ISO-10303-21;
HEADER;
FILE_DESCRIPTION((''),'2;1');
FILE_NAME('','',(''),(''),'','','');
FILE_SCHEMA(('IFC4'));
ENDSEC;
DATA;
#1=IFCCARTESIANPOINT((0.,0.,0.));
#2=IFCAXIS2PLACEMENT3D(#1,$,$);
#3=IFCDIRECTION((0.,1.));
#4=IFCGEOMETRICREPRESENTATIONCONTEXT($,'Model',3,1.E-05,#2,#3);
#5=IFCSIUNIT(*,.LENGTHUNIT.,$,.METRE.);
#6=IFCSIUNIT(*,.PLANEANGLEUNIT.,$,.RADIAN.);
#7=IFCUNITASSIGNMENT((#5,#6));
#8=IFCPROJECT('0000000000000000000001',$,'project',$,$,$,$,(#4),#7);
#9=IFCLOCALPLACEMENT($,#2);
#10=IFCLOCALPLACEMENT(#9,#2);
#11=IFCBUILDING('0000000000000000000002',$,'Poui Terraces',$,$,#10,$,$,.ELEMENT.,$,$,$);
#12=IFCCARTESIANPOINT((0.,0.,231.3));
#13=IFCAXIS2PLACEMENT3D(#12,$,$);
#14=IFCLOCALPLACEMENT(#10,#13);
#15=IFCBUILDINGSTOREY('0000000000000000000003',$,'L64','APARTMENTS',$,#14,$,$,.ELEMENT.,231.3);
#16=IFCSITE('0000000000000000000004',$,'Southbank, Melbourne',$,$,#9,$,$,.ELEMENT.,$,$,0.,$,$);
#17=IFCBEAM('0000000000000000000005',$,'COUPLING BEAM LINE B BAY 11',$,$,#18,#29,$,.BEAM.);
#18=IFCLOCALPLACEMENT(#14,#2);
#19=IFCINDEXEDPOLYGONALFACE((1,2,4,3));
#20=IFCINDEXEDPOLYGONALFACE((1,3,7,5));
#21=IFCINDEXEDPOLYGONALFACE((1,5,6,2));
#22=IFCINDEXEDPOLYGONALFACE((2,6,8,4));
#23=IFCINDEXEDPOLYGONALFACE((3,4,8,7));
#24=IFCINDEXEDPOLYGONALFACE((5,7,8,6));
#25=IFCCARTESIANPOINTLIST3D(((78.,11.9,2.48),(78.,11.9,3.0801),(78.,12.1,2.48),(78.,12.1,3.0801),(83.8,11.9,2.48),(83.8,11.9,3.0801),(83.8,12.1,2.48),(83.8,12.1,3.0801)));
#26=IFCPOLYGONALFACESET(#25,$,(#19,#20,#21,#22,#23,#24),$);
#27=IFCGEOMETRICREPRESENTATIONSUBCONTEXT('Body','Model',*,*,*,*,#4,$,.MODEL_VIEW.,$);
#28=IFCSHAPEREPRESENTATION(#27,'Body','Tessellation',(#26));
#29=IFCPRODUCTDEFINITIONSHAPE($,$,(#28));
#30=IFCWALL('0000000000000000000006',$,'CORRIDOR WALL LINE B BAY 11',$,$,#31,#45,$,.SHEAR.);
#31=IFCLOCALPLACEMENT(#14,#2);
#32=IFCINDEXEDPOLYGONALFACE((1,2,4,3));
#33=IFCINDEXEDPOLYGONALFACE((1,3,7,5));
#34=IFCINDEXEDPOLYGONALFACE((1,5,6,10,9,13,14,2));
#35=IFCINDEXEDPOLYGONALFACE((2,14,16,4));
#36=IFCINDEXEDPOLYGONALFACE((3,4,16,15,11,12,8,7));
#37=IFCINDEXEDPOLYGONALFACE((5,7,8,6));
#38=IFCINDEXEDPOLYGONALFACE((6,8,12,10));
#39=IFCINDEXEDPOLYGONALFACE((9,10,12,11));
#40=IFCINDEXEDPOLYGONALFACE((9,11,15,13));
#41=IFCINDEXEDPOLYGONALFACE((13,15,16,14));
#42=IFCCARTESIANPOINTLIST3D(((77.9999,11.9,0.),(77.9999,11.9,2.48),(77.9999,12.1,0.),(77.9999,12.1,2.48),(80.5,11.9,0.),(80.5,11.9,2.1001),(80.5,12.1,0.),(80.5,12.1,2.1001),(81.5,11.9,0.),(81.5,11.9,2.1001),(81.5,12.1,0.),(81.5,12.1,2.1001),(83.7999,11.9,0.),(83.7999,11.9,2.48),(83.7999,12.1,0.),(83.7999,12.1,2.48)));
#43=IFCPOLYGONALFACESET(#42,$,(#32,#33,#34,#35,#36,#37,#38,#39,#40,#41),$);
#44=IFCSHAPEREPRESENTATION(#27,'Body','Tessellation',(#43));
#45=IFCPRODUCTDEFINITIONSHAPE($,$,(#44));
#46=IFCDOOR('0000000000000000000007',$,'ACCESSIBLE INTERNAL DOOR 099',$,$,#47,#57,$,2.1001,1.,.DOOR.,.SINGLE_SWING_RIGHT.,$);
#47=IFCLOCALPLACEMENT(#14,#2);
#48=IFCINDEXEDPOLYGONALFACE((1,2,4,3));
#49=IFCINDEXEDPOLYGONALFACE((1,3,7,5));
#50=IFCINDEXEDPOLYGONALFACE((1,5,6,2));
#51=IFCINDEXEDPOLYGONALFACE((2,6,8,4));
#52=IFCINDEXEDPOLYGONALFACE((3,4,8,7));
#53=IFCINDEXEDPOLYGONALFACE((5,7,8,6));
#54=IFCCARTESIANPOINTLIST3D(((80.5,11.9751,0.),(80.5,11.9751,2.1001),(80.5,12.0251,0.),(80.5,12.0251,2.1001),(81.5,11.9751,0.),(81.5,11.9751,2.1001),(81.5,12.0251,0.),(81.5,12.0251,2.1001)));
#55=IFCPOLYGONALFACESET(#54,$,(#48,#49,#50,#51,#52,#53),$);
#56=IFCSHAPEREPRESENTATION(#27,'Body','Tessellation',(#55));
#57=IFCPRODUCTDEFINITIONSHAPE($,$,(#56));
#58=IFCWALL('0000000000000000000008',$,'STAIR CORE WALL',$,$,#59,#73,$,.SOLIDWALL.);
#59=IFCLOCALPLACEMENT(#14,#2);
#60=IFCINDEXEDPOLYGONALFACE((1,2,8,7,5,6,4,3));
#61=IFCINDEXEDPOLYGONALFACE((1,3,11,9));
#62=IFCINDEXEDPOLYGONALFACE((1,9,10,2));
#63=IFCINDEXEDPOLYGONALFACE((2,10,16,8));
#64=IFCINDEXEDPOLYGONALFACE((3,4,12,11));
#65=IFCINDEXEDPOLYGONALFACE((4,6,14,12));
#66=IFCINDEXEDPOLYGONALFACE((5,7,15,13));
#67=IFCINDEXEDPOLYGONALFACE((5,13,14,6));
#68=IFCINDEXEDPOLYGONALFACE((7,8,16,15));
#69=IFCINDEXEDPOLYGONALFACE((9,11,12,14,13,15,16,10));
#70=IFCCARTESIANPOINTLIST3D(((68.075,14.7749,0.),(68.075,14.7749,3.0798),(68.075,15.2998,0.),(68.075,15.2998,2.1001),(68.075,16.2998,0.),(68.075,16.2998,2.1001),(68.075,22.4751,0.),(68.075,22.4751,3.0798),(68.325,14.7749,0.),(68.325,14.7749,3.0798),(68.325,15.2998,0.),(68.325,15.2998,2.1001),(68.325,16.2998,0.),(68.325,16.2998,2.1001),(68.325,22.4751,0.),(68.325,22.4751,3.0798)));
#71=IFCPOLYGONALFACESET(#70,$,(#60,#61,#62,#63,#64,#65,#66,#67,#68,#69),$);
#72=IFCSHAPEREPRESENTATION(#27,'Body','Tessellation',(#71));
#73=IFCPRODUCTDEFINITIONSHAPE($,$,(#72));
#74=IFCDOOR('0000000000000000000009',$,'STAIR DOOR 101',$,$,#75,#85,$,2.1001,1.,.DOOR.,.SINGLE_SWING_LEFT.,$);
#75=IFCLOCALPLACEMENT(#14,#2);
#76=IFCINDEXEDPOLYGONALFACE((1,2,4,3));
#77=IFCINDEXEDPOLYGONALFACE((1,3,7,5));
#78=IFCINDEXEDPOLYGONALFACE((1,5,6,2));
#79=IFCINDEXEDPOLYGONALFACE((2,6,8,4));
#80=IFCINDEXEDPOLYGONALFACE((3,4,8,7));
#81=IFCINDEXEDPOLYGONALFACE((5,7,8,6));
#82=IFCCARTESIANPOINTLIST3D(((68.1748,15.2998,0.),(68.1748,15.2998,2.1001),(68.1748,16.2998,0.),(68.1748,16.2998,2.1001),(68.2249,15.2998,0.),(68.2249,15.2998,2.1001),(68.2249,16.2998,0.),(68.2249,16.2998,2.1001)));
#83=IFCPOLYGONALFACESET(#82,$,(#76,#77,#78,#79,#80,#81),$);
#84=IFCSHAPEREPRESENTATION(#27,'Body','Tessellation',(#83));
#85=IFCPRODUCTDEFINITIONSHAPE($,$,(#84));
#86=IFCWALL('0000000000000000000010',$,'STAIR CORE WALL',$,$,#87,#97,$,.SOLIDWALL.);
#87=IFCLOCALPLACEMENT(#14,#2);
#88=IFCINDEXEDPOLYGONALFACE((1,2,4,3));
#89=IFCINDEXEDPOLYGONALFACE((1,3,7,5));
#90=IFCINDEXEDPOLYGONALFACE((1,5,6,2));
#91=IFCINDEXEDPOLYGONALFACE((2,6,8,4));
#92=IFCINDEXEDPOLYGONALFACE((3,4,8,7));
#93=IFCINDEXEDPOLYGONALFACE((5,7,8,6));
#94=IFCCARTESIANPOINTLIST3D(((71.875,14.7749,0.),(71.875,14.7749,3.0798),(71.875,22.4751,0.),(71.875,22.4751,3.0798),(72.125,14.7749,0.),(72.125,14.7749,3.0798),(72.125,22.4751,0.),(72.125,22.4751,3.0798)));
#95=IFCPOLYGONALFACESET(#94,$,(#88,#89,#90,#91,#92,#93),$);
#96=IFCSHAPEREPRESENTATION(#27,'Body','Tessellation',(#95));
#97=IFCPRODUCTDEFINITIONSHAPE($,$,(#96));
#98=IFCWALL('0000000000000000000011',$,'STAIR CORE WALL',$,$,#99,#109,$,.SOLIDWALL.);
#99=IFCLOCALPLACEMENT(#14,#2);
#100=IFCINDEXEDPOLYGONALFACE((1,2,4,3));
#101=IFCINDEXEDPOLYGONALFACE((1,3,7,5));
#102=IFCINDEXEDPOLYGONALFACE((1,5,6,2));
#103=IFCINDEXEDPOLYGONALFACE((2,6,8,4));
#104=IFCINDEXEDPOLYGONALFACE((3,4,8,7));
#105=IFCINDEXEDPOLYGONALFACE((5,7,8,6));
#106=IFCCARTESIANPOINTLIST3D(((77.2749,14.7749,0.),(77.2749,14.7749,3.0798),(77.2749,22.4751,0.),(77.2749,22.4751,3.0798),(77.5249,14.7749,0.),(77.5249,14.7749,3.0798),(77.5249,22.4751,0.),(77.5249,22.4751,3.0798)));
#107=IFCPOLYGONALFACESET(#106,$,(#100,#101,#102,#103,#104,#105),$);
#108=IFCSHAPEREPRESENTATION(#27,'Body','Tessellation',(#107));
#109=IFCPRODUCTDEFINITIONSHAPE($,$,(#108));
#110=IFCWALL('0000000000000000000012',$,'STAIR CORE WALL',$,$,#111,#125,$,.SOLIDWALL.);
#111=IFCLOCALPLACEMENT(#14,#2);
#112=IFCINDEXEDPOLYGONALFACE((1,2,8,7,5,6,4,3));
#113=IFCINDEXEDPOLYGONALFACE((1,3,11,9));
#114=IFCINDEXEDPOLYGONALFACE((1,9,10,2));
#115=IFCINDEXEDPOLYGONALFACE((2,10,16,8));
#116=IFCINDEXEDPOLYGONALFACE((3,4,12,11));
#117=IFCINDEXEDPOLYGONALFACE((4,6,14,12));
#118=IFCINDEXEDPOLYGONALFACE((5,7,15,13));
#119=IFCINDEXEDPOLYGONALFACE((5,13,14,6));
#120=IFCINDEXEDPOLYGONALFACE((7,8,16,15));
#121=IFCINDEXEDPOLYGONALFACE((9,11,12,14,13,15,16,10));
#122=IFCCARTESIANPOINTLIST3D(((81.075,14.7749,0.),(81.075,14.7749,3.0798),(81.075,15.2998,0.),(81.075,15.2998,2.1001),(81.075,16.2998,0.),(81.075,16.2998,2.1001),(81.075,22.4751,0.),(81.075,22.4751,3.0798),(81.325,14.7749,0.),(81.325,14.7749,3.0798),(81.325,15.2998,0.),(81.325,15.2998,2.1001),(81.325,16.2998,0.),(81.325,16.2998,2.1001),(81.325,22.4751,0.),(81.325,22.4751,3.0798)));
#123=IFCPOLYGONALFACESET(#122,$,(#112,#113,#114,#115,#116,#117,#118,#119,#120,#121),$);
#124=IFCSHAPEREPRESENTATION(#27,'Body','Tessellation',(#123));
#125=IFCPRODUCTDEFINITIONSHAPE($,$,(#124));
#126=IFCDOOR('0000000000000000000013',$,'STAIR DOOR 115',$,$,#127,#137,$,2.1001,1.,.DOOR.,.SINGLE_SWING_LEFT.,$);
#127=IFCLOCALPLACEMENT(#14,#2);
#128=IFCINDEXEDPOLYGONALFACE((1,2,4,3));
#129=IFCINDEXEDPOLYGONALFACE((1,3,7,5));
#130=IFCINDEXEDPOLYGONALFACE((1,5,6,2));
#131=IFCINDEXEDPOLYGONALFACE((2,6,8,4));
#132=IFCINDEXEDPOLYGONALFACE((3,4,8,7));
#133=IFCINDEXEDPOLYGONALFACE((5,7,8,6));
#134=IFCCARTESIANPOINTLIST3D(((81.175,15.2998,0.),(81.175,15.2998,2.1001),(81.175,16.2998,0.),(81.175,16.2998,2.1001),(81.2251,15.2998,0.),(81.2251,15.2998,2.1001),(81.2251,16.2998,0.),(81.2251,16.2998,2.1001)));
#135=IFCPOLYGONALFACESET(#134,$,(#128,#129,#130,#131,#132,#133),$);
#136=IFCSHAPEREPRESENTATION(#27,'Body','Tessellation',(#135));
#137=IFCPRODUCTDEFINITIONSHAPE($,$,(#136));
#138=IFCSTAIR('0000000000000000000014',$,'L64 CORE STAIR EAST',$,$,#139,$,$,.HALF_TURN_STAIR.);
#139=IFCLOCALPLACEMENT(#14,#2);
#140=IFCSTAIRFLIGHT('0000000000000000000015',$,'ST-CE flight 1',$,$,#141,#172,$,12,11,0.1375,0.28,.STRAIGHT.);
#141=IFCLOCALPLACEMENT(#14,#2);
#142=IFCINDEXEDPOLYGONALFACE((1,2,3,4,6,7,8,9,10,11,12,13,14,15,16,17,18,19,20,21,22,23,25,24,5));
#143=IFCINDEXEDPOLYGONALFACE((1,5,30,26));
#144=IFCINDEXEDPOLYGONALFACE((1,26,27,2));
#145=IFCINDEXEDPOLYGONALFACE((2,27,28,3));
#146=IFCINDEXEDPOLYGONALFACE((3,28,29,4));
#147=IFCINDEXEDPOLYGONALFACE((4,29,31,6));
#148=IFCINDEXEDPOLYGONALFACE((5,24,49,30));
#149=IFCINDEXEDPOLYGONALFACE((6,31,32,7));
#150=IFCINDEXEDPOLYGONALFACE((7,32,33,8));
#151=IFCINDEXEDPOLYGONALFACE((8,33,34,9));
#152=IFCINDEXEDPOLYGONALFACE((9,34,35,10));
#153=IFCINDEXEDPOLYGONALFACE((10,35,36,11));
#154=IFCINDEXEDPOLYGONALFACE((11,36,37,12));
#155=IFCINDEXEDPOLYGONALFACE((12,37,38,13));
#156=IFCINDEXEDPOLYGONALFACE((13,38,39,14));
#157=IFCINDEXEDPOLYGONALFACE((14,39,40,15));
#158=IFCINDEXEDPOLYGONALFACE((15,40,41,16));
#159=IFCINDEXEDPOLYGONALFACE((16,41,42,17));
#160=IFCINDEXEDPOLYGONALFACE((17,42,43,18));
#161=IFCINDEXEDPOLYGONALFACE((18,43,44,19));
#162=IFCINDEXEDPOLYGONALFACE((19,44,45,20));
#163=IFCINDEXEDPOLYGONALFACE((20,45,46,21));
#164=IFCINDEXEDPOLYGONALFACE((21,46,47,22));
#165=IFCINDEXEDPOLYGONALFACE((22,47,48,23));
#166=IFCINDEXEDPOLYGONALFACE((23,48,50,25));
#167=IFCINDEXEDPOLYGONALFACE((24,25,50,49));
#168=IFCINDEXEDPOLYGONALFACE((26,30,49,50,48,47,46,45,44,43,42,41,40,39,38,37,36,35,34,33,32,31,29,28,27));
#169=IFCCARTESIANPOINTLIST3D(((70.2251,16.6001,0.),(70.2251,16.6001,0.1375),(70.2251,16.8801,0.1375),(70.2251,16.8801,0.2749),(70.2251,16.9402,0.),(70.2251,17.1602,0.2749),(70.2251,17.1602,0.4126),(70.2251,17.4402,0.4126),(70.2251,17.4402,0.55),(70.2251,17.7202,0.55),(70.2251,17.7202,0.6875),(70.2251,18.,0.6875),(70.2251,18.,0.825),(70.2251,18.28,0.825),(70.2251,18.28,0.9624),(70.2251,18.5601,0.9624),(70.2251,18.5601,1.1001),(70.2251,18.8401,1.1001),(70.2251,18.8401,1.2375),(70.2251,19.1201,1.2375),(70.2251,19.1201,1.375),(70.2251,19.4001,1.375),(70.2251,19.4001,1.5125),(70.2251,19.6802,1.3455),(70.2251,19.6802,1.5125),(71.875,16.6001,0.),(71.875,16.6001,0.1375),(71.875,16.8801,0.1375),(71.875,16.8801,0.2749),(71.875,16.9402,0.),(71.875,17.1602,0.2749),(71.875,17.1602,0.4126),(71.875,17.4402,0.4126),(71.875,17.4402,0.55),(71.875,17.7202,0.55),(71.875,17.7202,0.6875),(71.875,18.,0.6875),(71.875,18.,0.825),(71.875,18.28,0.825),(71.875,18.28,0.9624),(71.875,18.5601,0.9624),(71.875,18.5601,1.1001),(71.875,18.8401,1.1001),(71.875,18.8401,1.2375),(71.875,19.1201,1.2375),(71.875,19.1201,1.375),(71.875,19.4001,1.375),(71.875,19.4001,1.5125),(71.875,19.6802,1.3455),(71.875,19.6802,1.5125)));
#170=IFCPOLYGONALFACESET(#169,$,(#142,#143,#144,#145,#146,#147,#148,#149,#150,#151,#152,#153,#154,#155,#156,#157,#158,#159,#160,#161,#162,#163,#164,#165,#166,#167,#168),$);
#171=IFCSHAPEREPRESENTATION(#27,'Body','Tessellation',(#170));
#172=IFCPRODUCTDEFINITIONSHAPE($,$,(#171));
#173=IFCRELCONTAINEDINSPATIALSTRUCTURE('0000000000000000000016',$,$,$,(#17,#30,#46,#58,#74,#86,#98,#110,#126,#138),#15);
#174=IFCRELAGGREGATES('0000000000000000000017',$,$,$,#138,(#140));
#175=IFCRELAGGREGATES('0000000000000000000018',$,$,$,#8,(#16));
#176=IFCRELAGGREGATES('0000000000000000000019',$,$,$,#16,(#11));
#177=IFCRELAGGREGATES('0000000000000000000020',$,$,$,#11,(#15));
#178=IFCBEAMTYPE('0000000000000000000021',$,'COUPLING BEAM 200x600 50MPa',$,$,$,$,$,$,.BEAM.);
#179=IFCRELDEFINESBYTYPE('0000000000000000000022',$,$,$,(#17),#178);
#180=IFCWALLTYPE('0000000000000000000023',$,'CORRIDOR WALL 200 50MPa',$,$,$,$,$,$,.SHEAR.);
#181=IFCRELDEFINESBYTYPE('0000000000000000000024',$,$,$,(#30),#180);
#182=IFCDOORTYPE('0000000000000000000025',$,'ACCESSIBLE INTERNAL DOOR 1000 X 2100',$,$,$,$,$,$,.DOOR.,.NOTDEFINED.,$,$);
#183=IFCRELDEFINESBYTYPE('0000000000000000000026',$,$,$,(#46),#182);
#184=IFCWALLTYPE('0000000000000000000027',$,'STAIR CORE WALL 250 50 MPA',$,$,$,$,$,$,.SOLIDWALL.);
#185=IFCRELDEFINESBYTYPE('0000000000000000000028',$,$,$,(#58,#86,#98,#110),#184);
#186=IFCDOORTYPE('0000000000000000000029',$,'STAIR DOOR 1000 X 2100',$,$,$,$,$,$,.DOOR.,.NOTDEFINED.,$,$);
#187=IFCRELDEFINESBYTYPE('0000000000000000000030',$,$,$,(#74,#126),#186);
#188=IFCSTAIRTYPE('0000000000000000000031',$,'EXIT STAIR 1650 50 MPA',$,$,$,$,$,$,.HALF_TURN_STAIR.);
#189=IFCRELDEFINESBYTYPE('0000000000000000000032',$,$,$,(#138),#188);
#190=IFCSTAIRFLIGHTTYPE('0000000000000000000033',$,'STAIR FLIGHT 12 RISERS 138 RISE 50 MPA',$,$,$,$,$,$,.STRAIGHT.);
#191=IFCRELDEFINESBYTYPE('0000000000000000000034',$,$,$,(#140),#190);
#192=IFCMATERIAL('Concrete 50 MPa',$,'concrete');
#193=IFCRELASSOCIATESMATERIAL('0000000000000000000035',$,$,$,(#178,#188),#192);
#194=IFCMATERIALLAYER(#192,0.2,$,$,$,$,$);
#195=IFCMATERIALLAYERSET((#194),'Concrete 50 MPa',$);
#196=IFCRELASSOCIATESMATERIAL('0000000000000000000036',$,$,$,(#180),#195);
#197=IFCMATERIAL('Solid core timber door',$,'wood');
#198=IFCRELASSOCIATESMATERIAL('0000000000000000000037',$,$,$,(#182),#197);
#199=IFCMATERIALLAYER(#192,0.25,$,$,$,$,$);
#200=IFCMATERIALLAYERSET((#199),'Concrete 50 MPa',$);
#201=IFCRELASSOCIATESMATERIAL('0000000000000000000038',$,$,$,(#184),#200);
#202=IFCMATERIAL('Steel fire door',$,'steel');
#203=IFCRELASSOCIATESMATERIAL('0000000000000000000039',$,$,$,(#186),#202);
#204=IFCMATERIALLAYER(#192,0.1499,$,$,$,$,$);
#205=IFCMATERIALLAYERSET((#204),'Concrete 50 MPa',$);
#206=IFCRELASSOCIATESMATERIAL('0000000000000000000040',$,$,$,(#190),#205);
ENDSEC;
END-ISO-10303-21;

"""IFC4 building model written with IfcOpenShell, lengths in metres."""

from ifc_helpers import new_model, si_unit, direction, frame, frame_2d, origin, origin_2d, place, context, subcontext, project, spatial, polyline, rectangle, outline, extrude, source, transform, mapped, material, layer, layer_set, material_profile, profile_set, type_object, element, fill, aggregate, save


model = new_model("IFC4")

# Units and contexts
model_context = context("Model", 3, precision=1e-05, world=origin(), true_north=direction((0.0, 1.0)))
body_context = subcontext(model_context, "Body", "Model", "MODEL_VIEW")
ifc_project = project(units=[si_unit("LENGTHUNIT", "METRE"), si_unit("PLANEANGLEUNIT", "RADIAN")], contexts=[model_context])

# Site, building, storey
site_placement = place(None, origin())
site = spatial("IfcSite", under=ifc_project, at=site_placement, Name="Southbank, Melbourne", CompositionType="ELEMENT", RefElevation=0.0)
building_placement = place(site_placement, origin())
building = spatial("IfcBuilding", under=site, at=building_placement, Name="Poui Terraces", CompositionType="ELEMENT")
storey_placement = place(building_placement, frame((0.0, 0.0, 231.3)))
storey = spatial("IfcBuildingStorey", under=building, at=storey_placement, Name="L64", Description="APARTMENTS", CompositionType="ELEMENT", Elevation=231.3)

# Beam
ifc_material_1 = material(Name="Concrete 50 MPa", Category="concrete")
ifc_material_profile = material_profile(ifc_material_1, rectangle(XDim=0.2, YDim=0.6001, at=origin_2d()), Name="RC 200x600")
ifc_profile_set = profile_set([ifc_material_profile], Name="Concrete 50 MPa")
beam_type = type_object("IfcBeamType", Name="COUPLING BEAM 200x600 50MPa", PredefinedType="BEAM", material=ifc_profile_set)
shared_shape = source(origin(), body_context, "Body", "SweptSolid", [
    extrude(rectangle(XDim=0.2, YDim=0.6001, at=origin_2d()), origin(), (0.0, 0.0, 1.0), 5.8),
])
beam_placement = place(storey_placement, frame((78.0, 12.0, 2.78), z_axis=(1.0, 0.0, 0.0), x_axis=(0.0, 1.0, 0.0)))
element("IfcBeam", 1, at=beam_placement, inside=storey, type_object=beam_type, Name="COUPLING BEAM LINE B BAY 11", PredefinedType="BEAM", context=body_context, shape_type="MappedRepresentation", body=[
    mapped(shared_shape, transform((0.0, 0.0, 0.0))),
])

# Walls, openings, doors
ifc_layer_1 = layer(ifc_material_1, 0.2)
ifc_layer_set_1 = layer_set([ifc_layer_1], Name="Concrete 50 MPa")
wall_type_1 = type_object("IfcWallType", Name="CORRIDOR WALL 200 50MPa", PredefinedType="SHEAR", material=ifc_layer_set_1)
wall_1_placement = place(storey_placement, frame((78.0, 12.0, 0.0), z_axis=(0.0, 0.0, 1.0), x_axis=(1.0, 0.0, 0.0)))
wall_1 = element("IfcWall", 2, at=wall_1_placement, inside=storey, type_object=wall_type_1, Name="CORRIDOR WALL LINE B BAY 11", PredefinedType="SHEAR", context=body_context, shape_type="SweptSolid", body=[
    extrude(rectangle(XDim=5.8, YDim=0.2, at=frame_2d((2.8999, 0.0))), origin(), (0.0, 0.0, 1.0), 2.48),
])
opening_1_placement = place(wall_1_placement, frame((2.5, 0.0, 0.0)))
opening_1 = element("IfcOpeningElement", 3, at=opening_1_placement, cuts=wall_1, PredefinedType="OPENING", context=body_context, shape_type="SweptSolid", body=[
    extrude(rectangle(XDim=1.0, YDim=2.1001, at=frame_2d((0.5, 1.05))), frame((0.0, 0.1099, 0.0), z_axis=(0.0, -1.0, 0.0), x_axis=(1.0, 0.0, 0.0)), (0.0, 0.0, 1.0), 0.22),
])
ifc_material_2 = material(Name="Solid core timber door", Category="wood")
door_type_1 = type_object("IfcDoorType", Name="ACCESSIBLE INTERNAL DOOR 1000 X 2100", OperationType="NOTDEFINED", PredefinedType="DOOR", material=ifc_material_2)
door_1_placement = place(opening_1_placement, frame((1.0, 0.0, 0.0), z_axis=(0.0, 0.0, 1.0), x_axis=(-1.0, 0.0, 0.0)))
door_1 = element("IfcDoor", 4, at=door_1_placement, inside=storey, type_object=door_type_1, Name="ACCESSIBLE INTERNAL DOOR 099", OperationType="SINGLE_SWING_RIGHT", OverallHeight=2.1001, OverallWidth=1.0, PredefinedType="DOOR", context=body_context, shape_type="SweptSolid", body=[
    extrude(rectangle(XDim=1.0, YDim=2.1001, at=frame_2d((0.5, 1.05))), frame((0.0, 0.0249, 0.0), z_axis=(0.0, -1.0, 0.0), x_axis=(1.0, 0.0, 0.0)), (0.0, 0.0, 1.0), 0.05),
])
fill(opening_1, door_1)
ifc_layer_2 = layer(ifc_material_1, 0.25)
ifc_layer_set_2 = layer_set([ifc_layer_2], Name="Concrete 50 MPa")
wall_type_2 = type_object("IfcWallType", Name="STAIR CORE WALL 250 50 MPA", PredefinedType="SOLIDWALL", material=ifc_layer_set_2)
wall_2_placement = place(storey_placement, frame((68.2, 14.7749, 0.0), z_axis=(0.0, 0.0, 1.0), x_axis=(0.0, 1.0, 0.0)))
wall_2 = element("IfcWall", 5, at=wall_2_placement, inside=storey, type_object=wall_type_2, Name="STAIR CORE WALL", PredefinedType="SOLIDWALL", context=body_context, shape_type="SweptSolid", body=[
    extrude(rectangle(XDim=7.7002, YDim=0.25, at=frame_2d((3.8501, 0.0))), origin(), (0.0, 0.0, 1.0), 3.0798),
])
opening_2_placement = place(wall_2_placement, frame((0.5249, 0.0, 0.0)))
opening_2 = element("IfcOpeningElement", 6, at=opening_2_placement, cuts=wall_2, PredefinedType="OPENING", context=body_context, shape_type="SweptSolid", body=[
    extrude(rectangle(XDim=1.0, YDim=2.1001, at=frame_2d((0.5, 1.05))), frame((0.0, 0.135, 0.0), z_axis=(0.0, -1.0, 0.0), x_axis=(1.0, 0.0, 0.0)), (0.0, 0.0, 1.0), 0.27),
])
ifc_material_3 = material(Name="Steel fire door", Category="steel")
door_type_2 = type_object("IfcDoorType", Name="STAIR DOOR 1000 X 2100", OperationType="NOTDEFINED", PredefinedType="DOOR", material=ifc_material_3)
door_2_placement = place(opening_2_placement, frame((1.0, 0.0, 0.0), z_axis=(0.0, 0.0, 1.0), x_axis=(-1.0, 0.0, 0.0)))
door_2 = element("IfcDoor", 7, at=door_2_placement, inside=storey, type_object=door_type_2, Name="STAIR DOOR 101", OperationType="SINGLE_SWING_LEFT", OverallHeight=2.1001, OverallWidth=1.0, PredefinedType="DOOR", context=body_context, shape_type="SweptSolid", body=[
    extrude(rectangle(XDim=1.0, YDim=2.1001, at=frame_2d((0.5, 1.05))), frame((0.0, 0.0249, 0.0), z_axis=(0.0, -1.0, 0.0), x_axis=(1.0, 0.0, 0.0)), (0.0, 0.0, 1.0), 0.05),
])
fill(opening_2, door_2)

# Walls
for number, where, z_axis, x_axis, name in (
    (8, (72.0, 14.7749, 0.0), (0.0, 0.0, 1.0), (0.0, 1.0, 0.0), "STAIR CORE WALL"),
    (9, (77.3999, 14.7749, 0.0), (0.0, 0.0, 1.0), (0.0, 1.0, 0.0), "STAIR CORE WALL"),
):
    element("IfcWall", number, at=place(storey_placement, frame(where, z_axis=z_axis, x_axis=x_axis)), inside=storey, type_object=wall_type_2, Name=name, PredefinedType="SOLIDWALL", context=body_context, shape_type="SweptSolid", body=[
        extrude(rectangle(XDim=7.7002, YDim=0.25, at=frame_2d((3.8501, 0.0))), origin(), (0.0, 0.0, 1.0), 3.0798),
    ])

# Wall, opening, door
wall_3_placement = place(storey_placement, frame((81.2, 14.7749, 0.0), z_axis=(0.0, 0.0, 1.0), x_axis=(0.0, 1.0, 0.0)))
wall_3 = element("IfcWall", 10, at=wall_3_placement, inside=storey, type_object=wall_type_2, Name="STAIR CORE WALL", PredefinedType="SOLIDWALL", context=body_context, shape_type="SweptSolid", body=[
    extrude(rectangle(XDim=7.7002, YDim=0.25, at=frame_2d((3.8501, 0.0))), origin(), (0.0, 0.0, 1.0), 3.0798),
])
opening_3_placement = place(wall_3_placement, frame((0.5249, 0.0, 0.0)))
opening_3 = element("IfcOpeningElement", 11, at=opening_3_placement, cuts=wall_3, PredefinedType="OPENING", context=body_context, shape_type="SweptSolid", body=[
    extrude(rectangle(XDim=1.0, YDim=2.1001, at=frame_2d((0.5, 1.05))), frame((0.0, 0.135, 0.0), z_axis=(0.0, -1.0, 0.0), x_axis=(1.0, 0.0, 0.0)), (0.0, 0.0, 1.0), 0.27),
])
door_3_placement = place(opening_3_placement, origin())
door_3 = element("IfcDoor", 12, at=door_3_placement, inside=storey, type_object=door_type_2, Name="STAIR DOOR 115", OperationType="SINGLE_SWING_LEFT", OverallHeight=2.1001, OverallWidth=1.0, PredefinedType="DOOR", context=body_context, shape_type="SweptSolid", body=[
    extrude(rectangle(XDim=1.0, YDim=2.1001, at=frame_2d((0.5, 1.05))), frame((0.0, 0.0249, 0.0), z_axis=(0.0, -1.0, 0.0), x_axis=(1.0, 0.0, 0.0)), (0.0, 0.0, 1.0), 0.05),
])
fill(opening_3, door_3)

# Stair, stair flight
stair_type = type_object("IfcStairType", Name="EXIT STAIR 1650 50 MPA", PredefinedType="HALF_TURN_STAIR", material=ifc_material_1)
stair_1_placement = place(storey_placement, origin())
stair_1 = element("IfcStair", 13, at=stair_1_placement, inside=storey, type_object=stair_type, Name="L64 CORE STAIR EAST", PredefinedType="HALF_TURN_STAIR")
ifc_layer_3 = layer(ifc_material_1, 0.1499)
ifc_layer_set_3 = layer_set([ifc_layer_3], Name="Concrete 50 MPa")
stair_flight_type = type_object("IfcStairFlightType", Name="STAIR FLIGHT 12 RISERS 138 RISE 50 MPA", PredefinedType="STRAIGHT", material=ifc_layer_set_3)
stair_flight_1_placement = place(storey_placement, frame((71.05, 16.6001, 0.0), z_axis=(0.0, 0.0, 1.0), x_axis=(0.0, 1.0, 0.0)))
stair_flight_1 = element("IfcStairFlight", 14, at=stair_flight_1_placement, type_object=stair_flight_type, Name="ST-CE flight 1", NumberOfRisers=12, NumberOfTreads=11, PredefinedType="STRAIGHT", RiserHeight=0.1375, TreadLength=0.28, context=body_context, shape_type="SweptSolid", body=[
    extrude(outline(polyline([(0.0, 0.0), (0.0, 0.1375), (0.28, 0.1375), (0.28, 0.2749), (0.5601, 0.2749), (0.5601, 0.4126), (0.8401, 0.4126), (0.8401, 0.55), (1.1201, 0.55), (1.1201, 0.6875), (1.3999, 0.6875), (1.3999, 0.825), (1.6799, 0.825), (1.6799, 0.9624), (1.96, 0.9624), (1.96, 1.1001), (2.24, 1.1001), (2.24, 1.2375), (2.52, 1.2375), (2.52, 1.375), (2.8, 1.375), (2.8, 1.5125), (3.0801, 1.5125), (3.0801, 1.6499), (3.0801, 1.3455), (0.3401, 0.0), (0.0, 0.0)])), frame((0.0, 0.825, 0.0), z_axis=(0.0, -1.0, 0.0), x_axis=(1.0, 0.0, 0.0)), (0.0, 0.0, 1.0), 1.6499),
])
aggregate(stair_1, [stair_flight_1])

save(model, "model.ifc")
